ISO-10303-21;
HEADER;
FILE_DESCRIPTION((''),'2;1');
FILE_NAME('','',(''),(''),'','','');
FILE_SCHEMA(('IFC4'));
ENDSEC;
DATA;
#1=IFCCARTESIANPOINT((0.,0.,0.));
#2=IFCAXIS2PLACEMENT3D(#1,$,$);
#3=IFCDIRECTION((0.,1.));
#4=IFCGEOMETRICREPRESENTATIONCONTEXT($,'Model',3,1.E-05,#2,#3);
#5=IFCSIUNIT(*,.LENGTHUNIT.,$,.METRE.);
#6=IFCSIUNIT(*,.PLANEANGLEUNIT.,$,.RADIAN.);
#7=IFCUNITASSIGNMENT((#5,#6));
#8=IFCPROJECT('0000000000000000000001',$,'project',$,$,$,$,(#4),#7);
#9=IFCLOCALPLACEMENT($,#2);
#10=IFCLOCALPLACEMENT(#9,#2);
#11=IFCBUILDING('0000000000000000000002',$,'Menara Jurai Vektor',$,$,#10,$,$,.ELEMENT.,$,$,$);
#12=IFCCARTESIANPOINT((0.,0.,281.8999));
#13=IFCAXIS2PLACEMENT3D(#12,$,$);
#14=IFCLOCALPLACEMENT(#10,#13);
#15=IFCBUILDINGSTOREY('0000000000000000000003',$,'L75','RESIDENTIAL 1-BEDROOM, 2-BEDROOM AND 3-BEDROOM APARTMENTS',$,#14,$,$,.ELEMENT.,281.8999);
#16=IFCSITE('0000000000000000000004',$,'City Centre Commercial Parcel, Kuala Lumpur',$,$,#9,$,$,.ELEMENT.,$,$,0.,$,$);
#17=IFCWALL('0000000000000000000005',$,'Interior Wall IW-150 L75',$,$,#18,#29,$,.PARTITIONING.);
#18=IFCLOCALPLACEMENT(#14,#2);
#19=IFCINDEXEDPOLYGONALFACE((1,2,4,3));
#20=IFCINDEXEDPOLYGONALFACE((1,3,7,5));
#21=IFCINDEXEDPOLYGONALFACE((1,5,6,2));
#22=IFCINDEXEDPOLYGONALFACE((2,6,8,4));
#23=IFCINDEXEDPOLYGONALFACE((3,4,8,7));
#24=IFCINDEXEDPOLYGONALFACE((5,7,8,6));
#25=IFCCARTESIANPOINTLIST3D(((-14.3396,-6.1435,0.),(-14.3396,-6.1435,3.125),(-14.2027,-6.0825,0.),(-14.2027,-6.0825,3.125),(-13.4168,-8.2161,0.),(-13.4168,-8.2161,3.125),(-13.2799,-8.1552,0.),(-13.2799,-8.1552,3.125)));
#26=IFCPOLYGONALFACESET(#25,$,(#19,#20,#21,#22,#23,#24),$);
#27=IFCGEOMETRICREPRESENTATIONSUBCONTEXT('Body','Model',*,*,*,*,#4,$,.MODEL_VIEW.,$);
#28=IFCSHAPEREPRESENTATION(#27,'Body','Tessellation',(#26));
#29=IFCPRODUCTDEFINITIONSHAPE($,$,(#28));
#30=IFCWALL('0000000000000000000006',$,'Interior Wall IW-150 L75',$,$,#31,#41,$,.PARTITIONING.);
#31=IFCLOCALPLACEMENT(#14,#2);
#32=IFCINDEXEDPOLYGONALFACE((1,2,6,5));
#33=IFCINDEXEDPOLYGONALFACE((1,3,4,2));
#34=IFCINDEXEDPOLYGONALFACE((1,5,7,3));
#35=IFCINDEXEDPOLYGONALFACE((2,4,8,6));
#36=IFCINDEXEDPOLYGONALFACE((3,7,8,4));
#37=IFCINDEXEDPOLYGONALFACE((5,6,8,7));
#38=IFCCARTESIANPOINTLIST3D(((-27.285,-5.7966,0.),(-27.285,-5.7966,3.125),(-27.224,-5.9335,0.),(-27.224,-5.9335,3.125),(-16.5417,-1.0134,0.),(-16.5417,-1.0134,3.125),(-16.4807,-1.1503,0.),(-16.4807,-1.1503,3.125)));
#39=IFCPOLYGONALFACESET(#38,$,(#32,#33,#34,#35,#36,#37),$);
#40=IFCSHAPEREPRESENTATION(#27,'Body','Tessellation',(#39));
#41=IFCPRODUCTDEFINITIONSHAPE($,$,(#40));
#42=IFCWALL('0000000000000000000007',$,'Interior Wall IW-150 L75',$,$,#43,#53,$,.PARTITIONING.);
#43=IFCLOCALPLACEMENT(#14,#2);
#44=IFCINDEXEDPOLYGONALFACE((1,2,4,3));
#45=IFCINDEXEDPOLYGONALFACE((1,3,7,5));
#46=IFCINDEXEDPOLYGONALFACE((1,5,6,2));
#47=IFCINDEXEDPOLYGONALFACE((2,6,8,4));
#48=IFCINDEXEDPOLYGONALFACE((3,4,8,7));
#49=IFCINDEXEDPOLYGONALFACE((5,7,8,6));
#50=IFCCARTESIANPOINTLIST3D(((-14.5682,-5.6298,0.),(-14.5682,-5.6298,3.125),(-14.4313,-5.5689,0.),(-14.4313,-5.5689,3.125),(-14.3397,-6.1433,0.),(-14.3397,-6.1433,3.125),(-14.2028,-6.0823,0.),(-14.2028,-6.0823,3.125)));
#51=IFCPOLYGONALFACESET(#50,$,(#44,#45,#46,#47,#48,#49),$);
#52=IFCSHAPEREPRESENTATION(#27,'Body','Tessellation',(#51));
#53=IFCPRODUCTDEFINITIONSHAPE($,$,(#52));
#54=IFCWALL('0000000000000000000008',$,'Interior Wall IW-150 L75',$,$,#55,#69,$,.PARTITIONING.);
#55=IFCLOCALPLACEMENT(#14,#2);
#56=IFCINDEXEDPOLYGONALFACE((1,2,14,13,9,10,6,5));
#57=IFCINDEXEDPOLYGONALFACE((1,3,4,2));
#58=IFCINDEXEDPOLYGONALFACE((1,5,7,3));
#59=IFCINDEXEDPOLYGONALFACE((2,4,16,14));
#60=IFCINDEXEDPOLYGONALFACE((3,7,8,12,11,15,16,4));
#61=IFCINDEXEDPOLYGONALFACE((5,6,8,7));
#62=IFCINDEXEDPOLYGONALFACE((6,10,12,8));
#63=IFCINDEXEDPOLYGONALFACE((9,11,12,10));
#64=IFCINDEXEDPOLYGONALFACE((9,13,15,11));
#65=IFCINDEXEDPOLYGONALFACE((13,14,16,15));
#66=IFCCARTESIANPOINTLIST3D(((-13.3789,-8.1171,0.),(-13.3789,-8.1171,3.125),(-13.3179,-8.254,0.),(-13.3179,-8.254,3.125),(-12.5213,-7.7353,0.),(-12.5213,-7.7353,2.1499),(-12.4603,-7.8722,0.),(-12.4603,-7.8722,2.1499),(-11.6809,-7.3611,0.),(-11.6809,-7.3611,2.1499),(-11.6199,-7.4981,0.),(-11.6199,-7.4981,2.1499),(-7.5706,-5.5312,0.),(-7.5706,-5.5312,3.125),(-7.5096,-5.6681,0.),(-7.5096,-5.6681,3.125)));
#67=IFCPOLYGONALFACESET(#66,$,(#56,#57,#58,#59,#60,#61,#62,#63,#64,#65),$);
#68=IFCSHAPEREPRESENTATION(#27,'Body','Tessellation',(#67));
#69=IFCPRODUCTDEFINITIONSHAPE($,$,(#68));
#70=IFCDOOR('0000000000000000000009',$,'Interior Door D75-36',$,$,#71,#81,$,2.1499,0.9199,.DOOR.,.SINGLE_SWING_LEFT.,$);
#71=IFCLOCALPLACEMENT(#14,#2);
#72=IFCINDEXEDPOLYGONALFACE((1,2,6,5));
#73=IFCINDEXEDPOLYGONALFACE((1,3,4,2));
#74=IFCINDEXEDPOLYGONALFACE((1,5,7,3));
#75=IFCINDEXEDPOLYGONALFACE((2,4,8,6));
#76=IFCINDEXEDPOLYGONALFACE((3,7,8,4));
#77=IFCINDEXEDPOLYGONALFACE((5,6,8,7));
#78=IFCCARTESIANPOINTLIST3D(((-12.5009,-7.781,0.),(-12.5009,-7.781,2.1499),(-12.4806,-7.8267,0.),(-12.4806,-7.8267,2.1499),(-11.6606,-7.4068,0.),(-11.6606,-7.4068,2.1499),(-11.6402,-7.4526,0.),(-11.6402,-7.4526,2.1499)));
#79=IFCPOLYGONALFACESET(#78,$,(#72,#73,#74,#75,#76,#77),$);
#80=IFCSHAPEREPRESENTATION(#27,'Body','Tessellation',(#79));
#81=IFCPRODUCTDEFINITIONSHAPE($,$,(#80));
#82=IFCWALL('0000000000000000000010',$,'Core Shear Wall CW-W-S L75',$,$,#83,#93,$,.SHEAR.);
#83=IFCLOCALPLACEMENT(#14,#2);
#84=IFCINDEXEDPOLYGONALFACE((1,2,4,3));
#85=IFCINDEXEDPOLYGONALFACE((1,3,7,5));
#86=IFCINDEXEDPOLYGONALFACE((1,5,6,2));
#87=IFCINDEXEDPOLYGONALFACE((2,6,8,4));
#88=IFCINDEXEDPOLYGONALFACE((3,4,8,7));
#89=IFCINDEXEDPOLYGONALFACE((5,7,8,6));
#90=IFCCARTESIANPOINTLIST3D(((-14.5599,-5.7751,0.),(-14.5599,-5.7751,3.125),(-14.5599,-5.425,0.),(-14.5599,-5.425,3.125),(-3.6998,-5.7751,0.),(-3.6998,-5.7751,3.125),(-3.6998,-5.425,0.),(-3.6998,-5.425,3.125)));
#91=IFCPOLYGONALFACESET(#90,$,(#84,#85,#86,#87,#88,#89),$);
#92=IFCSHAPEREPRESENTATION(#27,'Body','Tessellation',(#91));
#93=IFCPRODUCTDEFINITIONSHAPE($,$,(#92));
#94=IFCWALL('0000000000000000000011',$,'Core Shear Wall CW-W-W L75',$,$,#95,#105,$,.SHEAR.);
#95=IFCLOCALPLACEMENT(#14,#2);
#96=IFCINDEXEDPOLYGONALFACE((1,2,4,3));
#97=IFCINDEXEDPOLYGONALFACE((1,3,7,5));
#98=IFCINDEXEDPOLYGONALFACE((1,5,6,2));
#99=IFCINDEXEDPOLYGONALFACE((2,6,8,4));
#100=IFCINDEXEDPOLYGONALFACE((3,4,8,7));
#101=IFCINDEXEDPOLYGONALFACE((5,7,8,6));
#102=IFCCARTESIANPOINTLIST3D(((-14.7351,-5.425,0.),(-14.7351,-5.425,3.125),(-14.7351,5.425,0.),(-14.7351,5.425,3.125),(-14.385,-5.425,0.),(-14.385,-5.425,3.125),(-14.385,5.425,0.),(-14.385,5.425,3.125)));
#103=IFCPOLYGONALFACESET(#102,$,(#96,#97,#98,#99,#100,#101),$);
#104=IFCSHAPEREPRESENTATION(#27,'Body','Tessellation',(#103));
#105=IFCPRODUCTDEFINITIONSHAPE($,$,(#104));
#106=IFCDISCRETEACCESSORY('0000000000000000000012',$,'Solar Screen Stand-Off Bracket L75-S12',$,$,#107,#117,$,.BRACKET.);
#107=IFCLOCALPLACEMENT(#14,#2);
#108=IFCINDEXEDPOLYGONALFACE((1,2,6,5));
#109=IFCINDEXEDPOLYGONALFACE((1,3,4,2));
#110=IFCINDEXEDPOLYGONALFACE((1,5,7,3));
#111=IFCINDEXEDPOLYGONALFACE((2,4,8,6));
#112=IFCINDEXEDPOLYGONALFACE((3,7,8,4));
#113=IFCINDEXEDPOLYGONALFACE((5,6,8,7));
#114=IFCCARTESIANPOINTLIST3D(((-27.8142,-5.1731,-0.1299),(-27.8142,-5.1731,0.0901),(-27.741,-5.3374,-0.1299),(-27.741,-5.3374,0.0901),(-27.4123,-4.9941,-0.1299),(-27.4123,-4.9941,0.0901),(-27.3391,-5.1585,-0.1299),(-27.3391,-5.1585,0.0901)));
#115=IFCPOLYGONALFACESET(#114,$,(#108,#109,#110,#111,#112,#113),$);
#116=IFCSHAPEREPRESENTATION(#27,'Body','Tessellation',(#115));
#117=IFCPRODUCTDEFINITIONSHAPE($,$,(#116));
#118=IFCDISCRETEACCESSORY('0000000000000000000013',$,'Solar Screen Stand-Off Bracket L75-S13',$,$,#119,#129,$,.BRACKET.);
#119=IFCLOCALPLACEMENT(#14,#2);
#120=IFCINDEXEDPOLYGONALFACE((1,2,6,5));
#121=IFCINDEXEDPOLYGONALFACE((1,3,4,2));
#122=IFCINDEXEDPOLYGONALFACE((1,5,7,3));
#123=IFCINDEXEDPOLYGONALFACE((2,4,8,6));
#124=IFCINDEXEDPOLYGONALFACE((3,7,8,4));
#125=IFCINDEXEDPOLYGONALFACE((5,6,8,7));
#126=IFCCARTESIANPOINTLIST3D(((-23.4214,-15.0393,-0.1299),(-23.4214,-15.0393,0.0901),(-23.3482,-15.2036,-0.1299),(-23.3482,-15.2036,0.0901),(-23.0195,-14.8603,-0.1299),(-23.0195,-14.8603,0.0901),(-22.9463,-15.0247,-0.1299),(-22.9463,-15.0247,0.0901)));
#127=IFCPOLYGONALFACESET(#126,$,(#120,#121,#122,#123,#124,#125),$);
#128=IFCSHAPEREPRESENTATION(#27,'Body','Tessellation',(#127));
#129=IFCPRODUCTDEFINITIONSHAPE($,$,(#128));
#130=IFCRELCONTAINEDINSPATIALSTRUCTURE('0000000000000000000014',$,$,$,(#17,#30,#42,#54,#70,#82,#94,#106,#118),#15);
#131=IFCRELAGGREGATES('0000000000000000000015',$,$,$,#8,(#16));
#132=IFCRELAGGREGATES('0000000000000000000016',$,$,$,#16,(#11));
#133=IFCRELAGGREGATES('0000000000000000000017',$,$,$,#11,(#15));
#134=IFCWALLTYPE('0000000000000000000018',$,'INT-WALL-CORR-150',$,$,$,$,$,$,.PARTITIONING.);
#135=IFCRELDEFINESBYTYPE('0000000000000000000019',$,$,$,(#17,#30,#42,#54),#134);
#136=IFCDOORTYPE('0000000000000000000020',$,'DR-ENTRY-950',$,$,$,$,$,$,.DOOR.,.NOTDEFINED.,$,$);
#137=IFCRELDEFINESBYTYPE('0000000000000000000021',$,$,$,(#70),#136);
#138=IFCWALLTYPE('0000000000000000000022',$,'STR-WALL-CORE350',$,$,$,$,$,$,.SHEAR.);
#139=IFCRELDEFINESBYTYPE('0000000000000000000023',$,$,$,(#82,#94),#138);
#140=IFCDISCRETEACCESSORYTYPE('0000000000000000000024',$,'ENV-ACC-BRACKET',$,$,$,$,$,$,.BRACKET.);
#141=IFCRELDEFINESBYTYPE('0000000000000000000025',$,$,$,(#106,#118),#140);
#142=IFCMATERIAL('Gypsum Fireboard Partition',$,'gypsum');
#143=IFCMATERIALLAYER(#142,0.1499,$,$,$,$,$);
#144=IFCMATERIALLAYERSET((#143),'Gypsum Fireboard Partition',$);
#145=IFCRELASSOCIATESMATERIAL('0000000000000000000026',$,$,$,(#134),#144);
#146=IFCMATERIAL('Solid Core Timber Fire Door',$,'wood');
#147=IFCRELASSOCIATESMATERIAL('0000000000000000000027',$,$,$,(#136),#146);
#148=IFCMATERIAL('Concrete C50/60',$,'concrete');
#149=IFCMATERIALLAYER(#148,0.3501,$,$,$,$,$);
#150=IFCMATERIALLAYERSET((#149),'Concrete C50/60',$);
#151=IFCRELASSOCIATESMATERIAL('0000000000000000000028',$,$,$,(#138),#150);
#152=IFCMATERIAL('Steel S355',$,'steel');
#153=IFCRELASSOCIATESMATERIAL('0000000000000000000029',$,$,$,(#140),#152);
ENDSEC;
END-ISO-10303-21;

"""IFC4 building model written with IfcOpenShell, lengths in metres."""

from ifc_helpers import new_model, si_unit, direction, frame, frame_2d, origin, origin_2d, place, context, subcontext, project, spatial, rectangle, extrude, material, layer, layer_set, type_object, element, fill, save


model = new_model("IFC4")

# Units and contexts
model_context = context("Model", 3, precision=1e-05, world=origin(), true_north=direction((0.0, 1.0)))
body_context = subcontext(model_context, "Body", "Model", "MODEL_VIEW")
ifc_project = project(units=[si_unit("LENGTHUNIT", "METRE"), si_unit("PLANEANGLEUNIT", "RADIAN")], contexts=[model_context])

# Site, building, storey
site_placement = place(None, origin())
site = spatial("IfcSite", under=ifc_project, at=site_placement, Name="City Centre Commercial Parcel, Kuala Lumpur", CompositionType="ELEMENT", RefElevation=0.0)
building_placement = place(site_placement, origin())
building = spatial("IfcBuilding", under=site, at=building_placement, Name="Menara Jurai Vektor", CompositionType="ELEMENT")
storey_placement = place(building_placement, frame((0.0, 0.0, 281.8999)))
storey = spatial("IfcBuildingStorey", under=building, at=storey_placement, Name="L75", Description="RESIDENTIAL 1-BEDROOM, 2-BEDROOM AND 3-BEDROOM APARTMENTS", CompositionType="ELEMENT", Elevation=281.8999)

# Shared definitions
ifc_material_1 = material(Name="Concrete C50/60", Category="concrete")

# Shared definitions
ifc_material_2 = material(Name="Steel S355", Category="steel")

# Shared definitions
ifc_material_3 = material(Name="Gypsum Fireboard Partition", Category="gypsum")
ifc_layer_1 = layer(ifc_material_3, 0.1499)
ifc_layer_set_1 = layer_set([ifc_layer_1], Name="Gypsum Fireboard Partition")
wall_type_1 = type_object("IfcWallType", Name="INT-WALL-CORR-150", PredefinedType="PARTITIONING", material=ifc_layer_set_1)
ifc_material_4 = material(Name="Solid Core Timber Fire Door", Category="wood")
door_type = type_object("IfcDoorType", Name="DR-ENTRY-950", OperationType="NOTDEFINED", PredefinedType="DOOR", material=ifc_material_4)

# Walls
wall_1_placement = place(storey_placement, frame((-13.3484, -8.1855, 0.0), z_axis=(0.0, 0.0, 1.0), x_axis=(-0.406737, 0.913545, 0.0)))
element("IfcWall", 1, at=wall_1_placement, inside=storey, type_object=wall_type_1, Name="Interior Wall IW-150 L75", PredefinedType="PARTITIONING", context=body_context, shape_type="SweptSolid", body=[
    extrude(rectangle(XDim=2.2688, YDim=0.1499, at=frame_2d((1.1343, 0.0))), origin(), (0.0, 0.0, 1.0), 3.125),
])
wall_2_placement = place(storey_placement, frame((-27.2544, -5.865, 0.0), z_axis=(0.0, 0.0, 1.0), x_axis=(0.913548, 0.406732, 0.0)))
element("IfcWall", 2, at=wall_2_placement, inside=storey, type_object=wall_type_1, Name="Interior Wall IW-150 L75", PredefinedType="PARTITIONING", context=body_context, shape_type="SweptSolid", body=[
    extrude(rectangle(XDim=11.76, YDim=0.1499, at=frame_2d((5.8799, 0.0))), origin(), (0.0, 0.0, 1.0), 3.125),
])
wall_3_placement = place(storey_placement, frame((-14.2712, -6.1128, 0.0), z_axis=(0.0, 0.0, 1.0), x_axis=(-0.406622, 0.913596, 0.0)))
element("IfcWall", 3, at=wall_3_placement, inside=storey, type_object=wall_type_1, Name="Interior Wall IW-150 L75", PredefinedType="PARTITIONING", context=body_context, shape_type="SweptSolid", body=[
    extrude(rectangle(XDim=0.562, YDim=0.1499, at=frame_2d((0.281, 0.0))), origin(), (0.0, 0.0, 1.0), 3.125),
])

# Wall, opening, door
wall_4_placement = place(storey_placement, frame((-13.3484, -8.1855, 0.0), z_axis=(0.0, 0.0, 1.0), x_axis=(0.913552, 0.406723, 0.0)))
wall_4 = element("IfcWall", 4, at=wall_4_placement, inside=storey, type_object=wall_type_1, Name="Interior Wall IW-150 L75", PredefinedType="PARTITIONING", context=body_context, shape_type="SweptSolid", body=[
    extrude(rectangle(XDim=6.3579, YDim=0.1499, at=frame_2d((3.179, 0.0))), origin(), (0.0, 0.0, 1.0), 3.125),
])
opening_1_placement = place(wall_4_placement, frame((0.9387, 0.0, 0.0)))
opening_1 = element("IfcOpeningElement", 5, at=opening_1_placement, cuts=wall_4, PredefinedType="OPENING", context=body_context, shape_type="SweptSolid", body=[
    extrude(rectangle(XDim=0.9199, YDim=2.1499, at=frame_2d((0.46, 1.075))), frame((0.0, 0.085, 0.0), z_axis=(0.0, -1.0, 0.0), x_axis=(1.0, 0.0, 0.0)), (0.0, 0.0, 1.0), 0.1699),
])
door_1_placement = place(opening_1_placement, origin())
door_1 = element("IfcDoor", 6, at=door_1_placement, inside=storey, type_object=door_type, Name="Interior Door D75-36", OperationType="SINGLE_SWING_LEFT", OverallHeight=2.1499, OverallWidth=0.9199, PredefinedType="DOOR", context=body_context, shape_type="SweptSolid", body=[
    extrude(rectangle(XDim=0.9199, YDim=2.1499, at=frame_2d((0.46, 1.075))), frame((0.0, 0.0249, 0.0), z_axis=(0.0, -1.0, 0.0), x_axis=(1.0, 0.0, 0.0)), (0.0, 0.0, 1.0), 0.05),
])
fill(opening_1, door_1)

# Walls
ifc_layer_2 = layer(ifc_material_1, 0.3501)
ifc_layer_set_2 = layer_set([ifc_layer_2], Name="Concrete C50/60")
wall_type_2 = type_object("IfcWallType", Name="STR-WALL-CORE350", PredefinedType="SHEAR", material=ifc_layer_set_2)
wall_5_placement = place(storey_placement, frame((-14.5601, -5.6001, 0.0), z_axis=(0.0, 0.0, 1.0), x_axis=(1.0, 0.0, 0.0)))
element("IfcWall", 7, at=wall_5_placement, inside=storey, type_object=wall_type_2, Name="Core Shear Wall CW-W-S L75", PredefinedType="SHEAR", context=body_context, shape_type="SweptSolid", body=[
    extrude(rectangle(XDim=10.8601, YDim=0.3501, at=frame_2d((5.4302, 0.0))), origin(), (0.0, 0.0, 1.0), 3.125),
])
wall_6_placement = place(storey_placement, frame((-14.5601, -5.425, 0.0), z_axis=(0.0, 0.0, 1.0), x_axis=(0.0, 1.0, 0.0)))
element("IfcWall", 8, at=wall_6_placement, inside=storey, type_object=wall_type_2, Name="Core Shear Wall CW-W-W L75", PredefinedType="SHEAR", context=body_context, shape_type="SweptSolid", body=[
    extrude(rectangle(XDim=10.8501, YDim=0.3501, at=frame_2d((5.425, 0.0))), origin(), (0.0, 0.0, 1.0), 3.125),
])

# Discrete accessories
discrete_accessory_type = type_object("IfcDiscreteAccessoryType", Name="ENV-ACC-BRACKET", PredefinedType="BRACKET", material=ifc_material_2)
for number, where, z_axis, x_axis, name in (
    (9, (-27.5767, -5.1658, -0.1299), (0.0, 0.0, 1.0), (0.406737, -0.913545, 0.0), "Solar Screen Stand-Off Bracket L75-S12"),
    (10, (-23.1838, -15.032, -0.1299), (0.0, 0.0, 1.0), (0.406737, -0.913545, 0.0), "Solar Screen Stand-Off Bracket L75-S13"),
):
    element("IfcDiscreteAccessory", number, at=place(storey_placement, frame(where, z_axis=z_axis, x_axis=x_axis)), inside=storey, type_object=discrete_accessory_type, Name=name, PredefinedType="BRACKET", context=body_context, shape_type="SweptSolid", body=[
        extrude(rectangle(XDim=0.1799, YDim=0.4399, at=origin_2d()), origin(), (0.0, 0.0, 1.0), 0.22),
    ])

save(model, "model.ifc")
